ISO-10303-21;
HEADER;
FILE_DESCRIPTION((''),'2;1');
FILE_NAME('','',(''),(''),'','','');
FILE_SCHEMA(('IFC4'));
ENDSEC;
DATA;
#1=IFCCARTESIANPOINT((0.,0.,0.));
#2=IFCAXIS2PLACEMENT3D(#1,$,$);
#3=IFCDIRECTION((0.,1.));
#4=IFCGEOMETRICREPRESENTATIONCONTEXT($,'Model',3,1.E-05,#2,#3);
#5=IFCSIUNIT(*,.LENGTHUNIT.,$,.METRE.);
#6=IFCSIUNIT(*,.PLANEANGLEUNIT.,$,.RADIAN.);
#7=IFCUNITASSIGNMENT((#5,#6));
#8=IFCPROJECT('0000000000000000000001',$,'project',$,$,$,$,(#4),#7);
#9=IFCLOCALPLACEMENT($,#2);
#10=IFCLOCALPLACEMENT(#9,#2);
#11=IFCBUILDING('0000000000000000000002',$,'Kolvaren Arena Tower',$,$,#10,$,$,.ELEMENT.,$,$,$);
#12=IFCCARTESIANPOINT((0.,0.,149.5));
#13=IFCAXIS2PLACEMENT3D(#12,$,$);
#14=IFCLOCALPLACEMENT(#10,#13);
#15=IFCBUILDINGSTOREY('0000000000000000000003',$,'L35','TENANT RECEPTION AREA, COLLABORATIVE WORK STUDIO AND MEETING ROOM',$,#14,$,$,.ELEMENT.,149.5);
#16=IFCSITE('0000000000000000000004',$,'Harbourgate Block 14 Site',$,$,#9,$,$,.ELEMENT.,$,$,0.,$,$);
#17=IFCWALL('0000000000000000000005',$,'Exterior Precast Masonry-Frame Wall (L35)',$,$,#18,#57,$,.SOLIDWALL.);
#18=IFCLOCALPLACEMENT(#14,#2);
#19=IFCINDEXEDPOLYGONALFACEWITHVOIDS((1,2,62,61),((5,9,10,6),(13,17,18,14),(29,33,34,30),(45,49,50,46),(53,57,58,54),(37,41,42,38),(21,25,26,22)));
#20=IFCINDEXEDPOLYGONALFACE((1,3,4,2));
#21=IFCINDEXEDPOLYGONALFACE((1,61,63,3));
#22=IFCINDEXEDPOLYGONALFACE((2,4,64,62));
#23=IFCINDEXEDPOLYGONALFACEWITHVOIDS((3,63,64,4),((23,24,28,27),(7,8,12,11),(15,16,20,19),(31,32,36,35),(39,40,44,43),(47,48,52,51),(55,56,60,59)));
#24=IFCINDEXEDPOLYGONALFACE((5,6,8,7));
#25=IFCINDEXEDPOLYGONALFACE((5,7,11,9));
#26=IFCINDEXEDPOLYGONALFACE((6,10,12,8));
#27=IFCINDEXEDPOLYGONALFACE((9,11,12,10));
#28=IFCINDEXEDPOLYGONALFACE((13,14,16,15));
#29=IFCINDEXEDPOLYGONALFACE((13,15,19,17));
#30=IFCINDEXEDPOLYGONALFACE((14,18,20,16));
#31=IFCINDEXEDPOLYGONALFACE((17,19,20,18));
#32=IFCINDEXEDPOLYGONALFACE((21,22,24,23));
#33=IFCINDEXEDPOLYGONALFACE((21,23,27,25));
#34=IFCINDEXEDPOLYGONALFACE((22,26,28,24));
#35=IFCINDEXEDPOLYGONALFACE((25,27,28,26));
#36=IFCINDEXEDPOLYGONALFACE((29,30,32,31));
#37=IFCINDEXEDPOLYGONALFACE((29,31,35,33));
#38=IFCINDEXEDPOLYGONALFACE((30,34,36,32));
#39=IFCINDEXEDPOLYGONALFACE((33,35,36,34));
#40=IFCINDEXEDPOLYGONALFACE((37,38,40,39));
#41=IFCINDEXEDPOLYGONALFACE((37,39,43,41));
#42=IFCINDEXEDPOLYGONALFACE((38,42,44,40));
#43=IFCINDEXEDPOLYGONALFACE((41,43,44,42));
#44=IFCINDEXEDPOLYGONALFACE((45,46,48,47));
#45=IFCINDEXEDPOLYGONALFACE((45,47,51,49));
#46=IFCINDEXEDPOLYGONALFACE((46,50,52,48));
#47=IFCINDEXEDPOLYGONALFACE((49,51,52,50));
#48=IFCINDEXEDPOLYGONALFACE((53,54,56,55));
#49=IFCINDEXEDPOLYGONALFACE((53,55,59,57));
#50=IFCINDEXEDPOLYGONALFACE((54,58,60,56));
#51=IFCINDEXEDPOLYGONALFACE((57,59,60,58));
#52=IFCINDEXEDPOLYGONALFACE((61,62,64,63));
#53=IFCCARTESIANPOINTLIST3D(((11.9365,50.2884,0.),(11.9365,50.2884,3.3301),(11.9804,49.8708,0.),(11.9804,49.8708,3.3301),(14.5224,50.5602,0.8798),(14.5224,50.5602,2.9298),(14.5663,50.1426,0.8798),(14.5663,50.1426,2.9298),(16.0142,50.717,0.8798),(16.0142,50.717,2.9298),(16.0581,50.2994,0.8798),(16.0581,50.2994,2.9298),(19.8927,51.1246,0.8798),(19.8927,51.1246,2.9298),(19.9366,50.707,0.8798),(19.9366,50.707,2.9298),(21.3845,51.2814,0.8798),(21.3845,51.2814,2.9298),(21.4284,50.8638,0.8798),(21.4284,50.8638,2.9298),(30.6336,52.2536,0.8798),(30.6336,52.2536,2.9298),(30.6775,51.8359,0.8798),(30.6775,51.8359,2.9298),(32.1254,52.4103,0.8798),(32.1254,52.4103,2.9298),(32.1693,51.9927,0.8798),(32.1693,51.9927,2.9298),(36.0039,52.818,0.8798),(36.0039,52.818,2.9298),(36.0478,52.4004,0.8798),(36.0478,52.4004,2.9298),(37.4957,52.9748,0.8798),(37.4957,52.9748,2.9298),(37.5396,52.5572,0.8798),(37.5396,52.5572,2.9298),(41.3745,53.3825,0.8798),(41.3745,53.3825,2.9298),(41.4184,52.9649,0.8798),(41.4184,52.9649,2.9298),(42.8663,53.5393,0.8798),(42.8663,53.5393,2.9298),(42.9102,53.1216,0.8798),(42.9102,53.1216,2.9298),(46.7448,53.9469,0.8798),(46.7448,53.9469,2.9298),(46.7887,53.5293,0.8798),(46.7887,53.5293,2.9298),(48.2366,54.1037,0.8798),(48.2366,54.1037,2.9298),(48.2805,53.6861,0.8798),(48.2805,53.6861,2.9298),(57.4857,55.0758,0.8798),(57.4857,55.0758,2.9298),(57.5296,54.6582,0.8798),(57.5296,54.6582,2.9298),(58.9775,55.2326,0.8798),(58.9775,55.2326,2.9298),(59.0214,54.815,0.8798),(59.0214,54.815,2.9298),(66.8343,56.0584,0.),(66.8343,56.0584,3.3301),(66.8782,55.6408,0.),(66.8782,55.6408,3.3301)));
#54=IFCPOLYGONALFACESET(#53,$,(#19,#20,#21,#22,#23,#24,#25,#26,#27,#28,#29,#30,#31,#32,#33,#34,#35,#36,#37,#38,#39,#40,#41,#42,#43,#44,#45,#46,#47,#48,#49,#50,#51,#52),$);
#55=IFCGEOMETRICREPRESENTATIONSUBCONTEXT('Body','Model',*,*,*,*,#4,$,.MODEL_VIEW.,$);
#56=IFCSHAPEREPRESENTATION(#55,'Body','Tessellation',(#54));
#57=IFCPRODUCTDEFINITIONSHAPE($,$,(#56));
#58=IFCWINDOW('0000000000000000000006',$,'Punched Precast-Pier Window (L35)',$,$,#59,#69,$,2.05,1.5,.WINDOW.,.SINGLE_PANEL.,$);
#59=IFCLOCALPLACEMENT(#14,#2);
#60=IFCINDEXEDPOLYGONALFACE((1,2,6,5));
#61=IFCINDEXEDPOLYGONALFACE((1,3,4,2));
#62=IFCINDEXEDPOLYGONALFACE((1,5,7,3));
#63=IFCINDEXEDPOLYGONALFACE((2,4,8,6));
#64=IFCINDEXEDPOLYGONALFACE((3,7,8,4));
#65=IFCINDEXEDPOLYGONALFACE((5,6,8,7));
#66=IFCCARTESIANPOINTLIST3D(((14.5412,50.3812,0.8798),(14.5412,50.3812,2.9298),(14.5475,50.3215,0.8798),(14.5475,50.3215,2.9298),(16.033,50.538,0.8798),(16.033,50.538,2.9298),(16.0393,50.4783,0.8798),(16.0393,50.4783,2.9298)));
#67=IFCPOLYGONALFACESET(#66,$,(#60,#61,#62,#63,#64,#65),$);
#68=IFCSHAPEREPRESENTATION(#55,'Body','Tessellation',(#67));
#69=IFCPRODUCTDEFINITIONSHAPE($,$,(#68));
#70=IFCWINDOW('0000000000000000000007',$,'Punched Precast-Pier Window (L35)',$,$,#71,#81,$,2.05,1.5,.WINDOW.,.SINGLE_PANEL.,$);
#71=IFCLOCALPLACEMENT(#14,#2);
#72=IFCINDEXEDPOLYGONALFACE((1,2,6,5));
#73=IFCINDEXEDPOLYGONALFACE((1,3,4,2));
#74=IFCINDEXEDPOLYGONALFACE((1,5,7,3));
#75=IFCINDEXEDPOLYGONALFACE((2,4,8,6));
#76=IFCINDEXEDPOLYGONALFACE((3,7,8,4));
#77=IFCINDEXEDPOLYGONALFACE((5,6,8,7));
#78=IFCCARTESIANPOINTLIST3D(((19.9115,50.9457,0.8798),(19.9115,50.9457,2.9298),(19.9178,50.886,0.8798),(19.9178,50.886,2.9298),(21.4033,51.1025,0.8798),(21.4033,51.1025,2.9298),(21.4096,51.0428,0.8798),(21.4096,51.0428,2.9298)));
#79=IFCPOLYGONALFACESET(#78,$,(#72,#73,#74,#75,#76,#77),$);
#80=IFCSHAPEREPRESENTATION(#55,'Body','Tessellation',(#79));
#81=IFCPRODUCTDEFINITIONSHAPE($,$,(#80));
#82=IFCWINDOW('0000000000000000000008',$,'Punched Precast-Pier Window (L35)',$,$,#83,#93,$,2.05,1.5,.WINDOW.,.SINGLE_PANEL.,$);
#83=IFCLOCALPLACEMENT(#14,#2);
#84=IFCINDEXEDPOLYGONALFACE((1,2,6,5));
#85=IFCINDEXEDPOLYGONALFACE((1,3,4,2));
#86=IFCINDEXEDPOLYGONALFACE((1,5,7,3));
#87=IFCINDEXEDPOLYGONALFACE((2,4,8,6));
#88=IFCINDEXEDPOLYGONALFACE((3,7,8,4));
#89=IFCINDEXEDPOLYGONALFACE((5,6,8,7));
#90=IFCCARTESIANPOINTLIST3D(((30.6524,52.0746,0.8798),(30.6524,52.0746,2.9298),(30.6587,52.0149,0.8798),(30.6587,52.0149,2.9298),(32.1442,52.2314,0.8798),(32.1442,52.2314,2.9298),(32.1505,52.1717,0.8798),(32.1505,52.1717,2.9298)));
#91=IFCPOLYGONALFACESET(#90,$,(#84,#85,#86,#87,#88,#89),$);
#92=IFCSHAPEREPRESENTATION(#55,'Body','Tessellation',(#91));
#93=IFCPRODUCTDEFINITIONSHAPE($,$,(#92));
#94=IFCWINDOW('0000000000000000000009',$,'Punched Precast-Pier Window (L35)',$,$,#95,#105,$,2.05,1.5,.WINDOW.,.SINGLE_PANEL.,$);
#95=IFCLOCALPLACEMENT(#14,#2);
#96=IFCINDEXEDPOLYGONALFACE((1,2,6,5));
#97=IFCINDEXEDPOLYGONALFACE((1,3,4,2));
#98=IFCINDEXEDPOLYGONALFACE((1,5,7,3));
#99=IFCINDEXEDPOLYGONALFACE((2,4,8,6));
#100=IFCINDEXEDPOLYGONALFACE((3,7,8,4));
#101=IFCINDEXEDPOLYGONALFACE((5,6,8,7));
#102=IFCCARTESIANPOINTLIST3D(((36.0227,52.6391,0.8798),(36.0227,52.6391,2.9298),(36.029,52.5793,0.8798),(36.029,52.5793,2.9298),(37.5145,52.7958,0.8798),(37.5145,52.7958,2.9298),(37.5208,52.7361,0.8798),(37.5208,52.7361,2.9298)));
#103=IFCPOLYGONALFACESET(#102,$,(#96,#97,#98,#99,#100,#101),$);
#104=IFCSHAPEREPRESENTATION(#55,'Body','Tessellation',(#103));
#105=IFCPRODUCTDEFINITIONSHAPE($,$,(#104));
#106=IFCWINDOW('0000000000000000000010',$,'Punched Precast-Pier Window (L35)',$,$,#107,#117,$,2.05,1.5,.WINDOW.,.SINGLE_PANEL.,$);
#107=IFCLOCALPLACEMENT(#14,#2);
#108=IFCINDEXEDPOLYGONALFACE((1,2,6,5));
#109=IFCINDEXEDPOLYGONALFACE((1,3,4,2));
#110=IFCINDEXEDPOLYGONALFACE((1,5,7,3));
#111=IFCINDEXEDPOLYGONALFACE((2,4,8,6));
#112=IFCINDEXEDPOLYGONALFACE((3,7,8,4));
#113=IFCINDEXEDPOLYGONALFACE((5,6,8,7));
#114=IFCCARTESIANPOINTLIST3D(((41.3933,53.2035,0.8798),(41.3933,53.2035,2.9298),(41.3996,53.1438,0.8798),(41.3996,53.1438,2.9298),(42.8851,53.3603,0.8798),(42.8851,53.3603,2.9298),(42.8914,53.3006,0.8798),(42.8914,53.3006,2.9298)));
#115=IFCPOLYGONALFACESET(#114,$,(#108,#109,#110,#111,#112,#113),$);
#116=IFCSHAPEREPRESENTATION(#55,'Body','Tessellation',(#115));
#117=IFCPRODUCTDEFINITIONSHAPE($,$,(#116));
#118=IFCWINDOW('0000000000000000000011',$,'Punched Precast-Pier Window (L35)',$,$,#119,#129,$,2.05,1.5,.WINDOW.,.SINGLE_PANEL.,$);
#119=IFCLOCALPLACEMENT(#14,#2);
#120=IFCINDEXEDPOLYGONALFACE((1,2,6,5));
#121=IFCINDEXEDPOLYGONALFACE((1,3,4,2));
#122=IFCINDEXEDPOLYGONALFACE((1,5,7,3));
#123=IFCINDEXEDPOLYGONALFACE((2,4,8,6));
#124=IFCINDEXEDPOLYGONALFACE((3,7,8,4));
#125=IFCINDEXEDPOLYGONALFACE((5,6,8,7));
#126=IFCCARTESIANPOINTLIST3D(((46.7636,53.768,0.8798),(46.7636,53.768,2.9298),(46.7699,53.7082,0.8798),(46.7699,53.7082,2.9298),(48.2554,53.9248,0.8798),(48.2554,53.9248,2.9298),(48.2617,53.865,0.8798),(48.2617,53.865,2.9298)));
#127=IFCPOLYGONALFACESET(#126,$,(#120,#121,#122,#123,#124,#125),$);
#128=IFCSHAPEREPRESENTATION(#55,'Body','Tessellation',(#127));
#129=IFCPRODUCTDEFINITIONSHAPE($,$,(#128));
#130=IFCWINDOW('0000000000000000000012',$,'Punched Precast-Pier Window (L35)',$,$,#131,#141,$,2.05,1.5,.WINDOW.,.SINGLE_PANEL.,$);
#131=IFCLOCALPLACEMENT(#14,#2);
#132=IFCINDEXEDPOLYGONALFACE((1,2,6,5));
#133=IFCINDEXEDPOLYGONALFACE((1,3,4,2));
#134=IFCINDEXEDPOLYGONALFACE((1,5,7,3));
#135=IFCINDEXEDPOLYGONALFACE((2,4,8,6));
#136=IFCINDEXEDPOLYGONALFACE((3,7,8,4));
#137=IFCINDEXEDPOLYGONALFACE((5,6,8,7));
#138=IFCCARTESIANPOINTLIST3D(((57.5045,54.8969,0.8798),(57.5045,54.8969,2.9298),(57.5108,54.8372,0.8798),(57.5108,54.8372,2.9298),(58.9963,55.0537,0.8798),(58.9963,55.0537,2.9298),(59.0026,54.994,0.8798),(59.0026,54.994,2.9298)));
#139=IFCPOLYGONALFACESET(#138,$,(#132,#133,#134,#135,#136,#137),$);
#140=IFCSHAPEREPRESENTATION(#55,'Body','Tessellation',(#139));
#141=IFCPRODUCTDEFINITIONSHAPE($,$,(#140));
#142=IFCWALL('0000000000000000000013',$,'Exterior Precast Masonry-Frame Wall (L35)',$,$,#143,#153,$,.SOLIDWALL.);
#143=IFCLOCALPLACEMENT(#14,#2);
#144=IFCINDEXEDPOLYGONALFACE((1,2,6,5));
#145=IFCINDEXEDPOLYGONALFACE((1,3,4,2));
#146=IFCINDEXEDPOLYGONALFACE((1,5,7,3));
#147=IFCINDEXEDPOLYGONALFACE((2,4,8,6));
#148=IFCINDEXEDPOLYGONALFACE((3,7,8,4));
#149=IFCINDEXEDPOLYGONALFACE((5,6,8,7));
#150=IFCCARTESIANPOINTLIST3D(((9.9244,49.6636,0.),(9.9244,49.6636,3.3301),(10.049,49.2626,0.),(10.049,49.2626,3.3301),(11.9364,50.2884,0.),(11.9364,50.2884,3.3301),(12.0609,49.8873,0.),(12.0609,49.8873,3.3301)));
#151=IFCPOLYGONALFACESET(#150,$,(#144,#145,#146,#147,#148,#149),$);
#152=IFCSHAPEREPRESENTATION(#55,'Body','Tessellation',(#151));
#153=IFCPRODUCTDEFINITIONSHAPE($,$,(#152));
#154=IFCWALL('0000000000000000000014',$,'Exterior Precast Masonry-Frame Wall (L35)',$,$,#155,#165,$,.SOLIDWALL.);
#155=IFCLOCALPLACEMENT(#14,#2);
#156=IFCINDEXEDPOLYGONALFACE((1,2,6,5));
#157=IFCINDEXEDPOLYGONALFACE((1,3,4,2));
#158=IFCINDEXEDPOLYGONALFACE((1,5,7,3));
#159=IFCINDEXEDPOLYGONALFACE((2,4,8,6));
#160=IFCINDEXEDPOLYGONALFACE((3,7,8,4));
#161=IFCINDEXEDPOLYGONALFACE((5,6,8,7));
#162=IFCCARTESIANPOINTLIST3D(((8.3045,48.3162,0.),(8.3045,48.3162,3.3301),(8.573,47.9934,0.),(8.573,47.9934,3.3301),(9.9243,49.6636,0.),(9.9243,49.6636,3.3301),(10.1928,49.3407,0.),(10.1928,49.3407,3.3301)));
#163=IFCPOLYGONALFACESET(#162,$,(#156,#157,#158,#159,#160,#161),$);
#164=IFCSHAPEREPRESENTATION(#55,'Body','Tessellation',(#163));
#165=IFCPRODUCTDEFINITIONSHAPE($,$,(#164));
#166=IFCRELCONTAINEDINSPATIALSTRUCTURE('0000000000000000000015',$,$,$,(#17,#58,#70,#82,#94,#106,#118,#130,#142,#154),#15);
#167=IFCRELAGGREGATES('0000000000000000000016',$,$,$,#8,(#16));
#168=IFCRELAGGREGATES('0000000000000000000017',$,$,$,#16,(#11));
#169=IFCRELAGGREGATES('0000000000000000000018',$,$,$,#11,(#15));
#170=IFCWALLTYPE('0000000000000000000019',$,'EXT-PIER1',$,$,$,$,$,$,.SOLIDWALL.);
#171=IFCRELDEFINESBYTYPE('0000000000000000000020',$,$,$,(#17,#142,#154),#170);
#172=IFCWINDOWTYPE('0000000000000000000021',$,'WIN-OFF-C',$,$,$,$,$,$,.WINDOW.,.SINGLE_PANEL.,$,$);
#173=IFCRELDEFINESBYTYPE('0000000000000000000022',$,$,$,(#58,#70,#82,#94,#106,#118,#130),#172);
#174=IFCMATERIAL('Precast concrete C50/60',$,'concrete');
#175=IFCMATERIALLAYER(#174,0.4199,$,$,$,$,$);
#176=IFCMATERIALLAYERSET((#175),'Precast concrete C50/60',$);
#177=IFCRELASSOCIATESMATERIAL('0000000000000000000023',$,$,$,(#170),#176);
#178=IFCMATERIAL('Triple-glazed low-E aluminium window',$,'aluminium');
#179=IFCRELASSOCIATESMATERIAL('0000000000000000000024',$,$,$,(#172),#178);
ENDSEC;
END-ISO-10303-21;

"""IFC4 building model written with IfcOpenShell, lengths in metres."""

from ifc_helpers import new_model, si_unit, direction, frame, frame_2d, origin, place, context, subcontext, project, spatial, rectangle, extrude, material, layer, layer_set, type_object, element, fill, save


model = new_model("IFC4")

# Units and contexts
model_context = context("Model", 3, precision=1e-05, world=origin(), true_north=direction((0.0, 1.0)))
body_context = subcontext(model_context, "Body", "Model", "MODEL_VIEW")
ifc_project = project(units=[si_unit("LENGTHUNIT", "METRE"), si_unit("PLANEANGLEUNIT", "RADIAN")], contexts=[model_context])

# Site, building, storey
site_placement = place(None, origin())
site = spatial("IfcSite", under=ifc_project, at=site_placement, Name="Harbourgate Block 14 Site", CompositionType="ELEMENT", RefElevation=0.0)
building_placement = place(site_placement, origin())
building = spatial("IfcBuilding", under=site, at=building_placement, Name="Kolvaren Arena Tower", CompositionType="ELEMENT")
storey_placement = place(building_placement, frame((0.0, 0.0, 149.5)))
storey = spatial("IfcBuildingStorey", under=building, at=storey_placement, Name="L35", Description="TENANT RECEPTION AREA, COLLABORATIVE WORK STUDIO AND MEETING ROOM", CompositionType="ELEMENT", Elevation=149.5)

# Wall, openings, windows
ifc_material_1 = material(Name="Precast concrete C50/60", Category="concrete")
ifc_layer_1 = layer(ifc_material_1, 0.4199)
ifc_layer_set_1 = layer_set([ifc_layer_1], Name="Precast concrete C50/60")
wall_type_1 = type_object("IfcWallType", Name="EXT-PIER1", PredefinedType="SOLIDWALL", material=ifc_layer_set_1)
wall_1_placement = place(storey_placement, frame((11.9585, 50.0796, 0.0), z_axis=(0.0, 0.0, 1.0), x_axis=(0.994522, 0.104529, 0.0)))
wall_1 = element("IfcWall", 1, at=wall_1_placement, inside=storey, type_object=wall_type_1, Name="Exterior Precast Masonry-Frame Wall (L35)", PredefinedType="SOLIDWALL", context=body_context, shape_type="SweptSolid", body=[
    extrude(rectangle(XDim=55.2002, YDim=0.4199, at=frame_2d((27.6001, 0.0))), origin(), (0.0, 0.0, 1.0), 3.3301),
])
opening_1_placement = place(wall_1_placement, frame((2.6001, 0.0, 0.8799)))
opening_1 = element("IfcOpeningElement", 2, at=opening_1_placement, cuts=wall_1, PredefinedType="OPENING", context=body_context, shape_type="SweptSolid", body=[
    extrude(rectangle(XDim=1.5, YDim=2.05, at=frame_2d((0.75, 1.0249))), frame((0.0, 0.22, 0.0), z_axis=(0.0, -1.0, 0.0), x_axis=(1.0, 0.0, 0.0)), (0.0, 0.0, 1.0), 0.4399),
])
opening_2_placement = place(wall_1_placement, frame((8.0, 0.0, 0.8799)))
opening_2 = element("IfcOpeningElement", 3, at=opening_2_placement, cuts=wall_1, PredefinedType="OPENING", context=body_context, shape_type="SweptSolid", body=[
    extrude(rectangle(XDim=1.5, YDim=2.05, at=frame_2d((0.75, 1.0249))), frame((0.0, 0.22, 0.0), z_axis=(0.0, -1.0, 0.0), x_axis=(1.0, 0.0, 0.0)), (0.0, 0.0, 1.0), 0.4399),
])
opening_3_placement = place(wall_1_placement, frame((18.8, 0.0, 0.8799)))
opening_3 = element("IfcOpeningElement", 4, at=opening_3_placement, cuts=wall_1, PredefinedType="OPENING", context=body_context, shape_type="SweptSolid", body=[
    extrude(rectangle(XDim=1.5, YDim=2.05, at=frame_2d((0.75, 1.0249))), frame((0.0, 0.22, 0.0), z_axis=(0.0, -1.0, 0.0), x_axis=(1.0, 0.0, 0.0)), (0.0, 0.0, 1.0), 0.4399),
])
opening_4_placement = place(wall_1_placement, frame((24.2, 0.0, 0.8799)))
opening_4 = element("IfcOpeningElement", 5, at=opening_4_placement, cuts=wall_1, PredefinedType="OPENING", context=body_context, shape_type="SweptSolid", body=[
    extrude(rectangle(XDim=1.5, YDim=2.05, at=frame_2d((0.75, 1.0249))), frame((0.0, 0.22, 0.0), z_axis=(0.0, -1.0, 0.0), x_axis=(1.0, 0.0, 0.0)), (0.0, 0.0, 1.0), 0.4399),
])
opening_5_placement = place(wall_1_placement, frame((29.6001, 0.0, 0.8799)))
opening_5 = element("IfcOpeningElement", 6, at=opening_5_placement, cuts=wall_1, PredefinedType="OPENING", context=body_context, shape_type="SweptSolid", body=[
    extrude(rectangle(XDim=1.5, YDim=2.05, at=frame_2d((0.75, 1.0249))), frame((0.0, 0.22, 0.0), z_axis=(0.0, -1.0, 0.0), x_axis=(1.0, 0.0, 0.0)), (0.0, 0.0, 1.0), 0.4399),
])
opening_6_placement = place(wall_1_placement, frame((35.0, 0.0, 0.8799)))
opening_6 = element("IfcOpeningElement", 7, at=opening_6_placement, cuts=wall_1, PredefinedType="OPENING", context=body_context, shape_type="SweptSolid", body=[
    extrude(rectangle(XDim=1.5, YDim=2.05, at=frame_2d((0.75, 1.0249))), frame((0.0, 0.22, 0.0), z_axis=(0.0, -1.0, 0.0), x_axis=(1.0, 0.0, 0.0)), (0.0, 0.0, 1.0), 0.4399),
])
opening_7_placement = place(wall_1_placement, frame((45.8, 0.0, 0.8799)))
opening_7 = element("IfcOpeningElement", 8, at=opening_7_placement, cuts=wall_1, PredefinedType="OPENING", context=body_context, shape_type="SweptSolid", body=[
    extrude(rectangle(XDim=1.5, YDim=2.05, at=frame_2d((0.75, 1.0249))), frame((0.0, 0.22, 0.0), z_axis=(0.0, -1.0, 0.0), x_axis=(1.0, 0.0, 0.0)), (0.0, 0.0, 1.0), 0.4399),
])
ifc_material_2 = material(Name="Triple-glazed low-E aluminium window", Category="aluminium")
window_type = type_object("IfcWindowType", Name="WIN-OFF-C", PartitioningType="SINGLE_PANEL", PredefinedType="WINDOW", material=ifc_material_2)
window_1_placement = place(opening_1_placement, origin())
window_1 = element("IfcWindow", 9, at=window_1_placement, inside=storey, type_object=window_type, Name="Punched Precast-Pier Window (L35)", OverallHeight=2.05, OverallWidth=1.5, PartitioningType="SINGLE_PANEL", PredefinedType="WINDOW", context=body_context, shape_type="SweptSolid", body=[
    extrude(rectangle(XDim=1.5, YDim=2.05, at=frame_2d((0.75, 1.0249))), frame((0.0, 0.03, 0.0), z_axis=(0.0, -1.0, 0.0), x_axis=(1.0, 0.0, 0.0)), (0.0, 0.0, 1.0), 0.0601),
])
fill(opening_1, window_1)
window_2_placement = place(opening_2_placement, origin())
window_2 = element("IfcWindow", 10, at=window_2_placement, inside=storey, type_object=window_type, Name="Punched Precast-Pier Window (L35)", OverallHeight=2.05, OverallWidth=1.5, PartitioningType="SINGLE_PANEL", PredefinedType="WINDOW", context=body_context, shape_type="SweptSolid", body=[
    extrude(rectangle(XDim=1.5, YDim=2.05, at=frame_2d((0.75, 1.0249))), frame((0.0, 0.03, 0.0), z_axis=(0.0, -1.0, 0.0), x_axis=(1.0, 0.0, 0.0)), (0.0, 0.0, 1.0), 0.0601),
])
fill(opening_2, window_2)
window_3_placement = place(opening_3_placement, origin())
window_3 = element("IfcWindow", 11, at=window_3_placement, inside=storey, type_object=window_type, Name="Punched Precast-Pier Window (L35)", OverallHeight=2.05, OverallWidth=1.5, PartitioningType="SINGLE_PANEL", PredefinedType="WINDOW", context=body_context, shape_type="SweptSolid", body=[
    extrude(rectangle(XDim=1.5, YDim=2.05, at=frame_2d((0.75, 1.0249))), frame((0.0, 0.03, 0.0), z_axis=(0.0, -1.0, 0.0), x_axis=(1.0, 0.0, 0.0)), (0.0, 0.0, 1.0), 0.0601),
])
fill(opening_3, window_3)
window_4_placement = place(opening_4_placement, origin())
window_4 = element("IfcWindow", 12, at=window_4_placement, inside=storey, type_object=window_type, Name="Punched Precast-Pier Window (L35)", OverallHeight=2.05, OverallWidth=1.5, PartitioningType="SINGLE_PANEL", PredefinedType="WINDOW", context=body_context, shape_type="SweptSolid", body=[
    extrude(rectangle(XDim=1.5, YDim=2.05, at=frame_2d((0.75, 1.0249))), frame((0.0, 0.03, 0.0), z_axis=(0.0, -1.0, 0.0), x_axis=(1.0, 0.0, 0.0)), (0.0, 0.0, 1.0), 0.0601),
])
fill(opening_4, window_4)
window_5_placement = place(opening_5_placement, origin())
window_5 = element("IfcWindow", 13, at=window_5_placement, inside=storey, type_object=window_type, Name="Punched Precast-Pier Window (L35)", OverallHeight=2.05, OverallWidth=1.5, PartitioningType="SINGLE_PANEL", PredefinedType="WINDOW", context=body_context, shape_type="SweptSolid", body=[
    extrude(rectangle(XDim=1.5, YDim=2.05, at=frame_2d((0.75, 1.0249))), frame((0.0, 0.03, 0.0), z_axis=(0.0, -1.0, 0.0), x_axis=(1.0, 0.0, 0.0)), (0.0, 0.0, 1.0), 0.0601),
])
fill(opening_5, window_5)
window_6_placement = place(opening_6_placement, origin())
window_6 = element("IfcWindow", 14, at=window_6_placement, inside=storey, type_object=window_type, Name="Punched Precast-Pier Window (L35)", OverallHeight=2.05, OverallWidth=1.5, PartitioningType="SINGLE_PANEL", PredefinedType="WINDOW", context=body_context, shape_type="SweptSolid", body=[
    extrude(rectangle(XDim=1.5, YDim=2.05, at=frame_2d((0.75, 1.0249))), frame((0.0, 0.03, 0.0), z_axis=(0.0, -1.0, 0.0), x_axis=(1.0, 0.0, 0.0)), (0.0, 0.0, 1.0), 0.0601),
])
fill(opening_6, window_6)
window_7_placement = place(opening_7_placement, origin())
window_7 = element("IfcWindow", 15, at=window_7_placement, inside=storey, type_object=window_type, Name="Punched Precast-Pier Window (L35)", OverallHeight=2.05, OverallWidth=1.5, PartitioningType="SINGLE_PANEL", PredefinedType="WINDOW", context=body_context, shape_type="SweptSolid", body=[
    extrude(rectangle(XDim=1.5, YDim=2.05, at=frame_2d((0.75, 1.0249))), frame((0.0, 0.03, 0.0), z_axis=(0.0, -1.0, 0.0), x_axis=(1.0, 0.0, 0.0)), (0.0, 0.0, 1.0), 0.0601),
])
fill(opening_7, window_7)

# Walls
wall_2_placement = place(storey_placement, frame((9.9868, 49.4631, 0.0), z_axis=(0.0, 0.0, 1.0), x_axis=(0.955017, 0.296552, 0.0)))
element("IfcWall", 16, at=wall_2_placement, inside=storey, type_object=wall_type_1, Name="Exterior Precast Masonry-Frame Wall (L35)", PredefinedType="SOLIDWALL", context=body_context, shape_type="SweptSolid", body=[
    extrude(rectangle(XDim=2.1067, YDim=0.4199, at=frame_2d((1.0532, 0.0))), origin(), (0.0, 0.0, 1.0), 3.3301),
])
wall_3_placement = place(storey_placement, frame((8.4387, 48.1548, 0.0), z_axis=(0.0, 0.0, 1.0), x_axis=(0.7688, 0.639489, 0.0)))
element("IfcWall", 17, at=wall_3_placement, inside=storey, type_object=wall_type_1, Name="Exterior Precast Masonry-Frame Wall (L35)", PredefinedType="SOLIDWALL", context=body_context, shape_type="SweptSolid", body=[
    extrude(rectangle(XDim=2.1069, YDim=0.4199, at=frame_2d((1.0535, 0.0))), origin(), (0.0, 0.0, 1.0), 3.3301),
])

save(model, "model.ifc")
